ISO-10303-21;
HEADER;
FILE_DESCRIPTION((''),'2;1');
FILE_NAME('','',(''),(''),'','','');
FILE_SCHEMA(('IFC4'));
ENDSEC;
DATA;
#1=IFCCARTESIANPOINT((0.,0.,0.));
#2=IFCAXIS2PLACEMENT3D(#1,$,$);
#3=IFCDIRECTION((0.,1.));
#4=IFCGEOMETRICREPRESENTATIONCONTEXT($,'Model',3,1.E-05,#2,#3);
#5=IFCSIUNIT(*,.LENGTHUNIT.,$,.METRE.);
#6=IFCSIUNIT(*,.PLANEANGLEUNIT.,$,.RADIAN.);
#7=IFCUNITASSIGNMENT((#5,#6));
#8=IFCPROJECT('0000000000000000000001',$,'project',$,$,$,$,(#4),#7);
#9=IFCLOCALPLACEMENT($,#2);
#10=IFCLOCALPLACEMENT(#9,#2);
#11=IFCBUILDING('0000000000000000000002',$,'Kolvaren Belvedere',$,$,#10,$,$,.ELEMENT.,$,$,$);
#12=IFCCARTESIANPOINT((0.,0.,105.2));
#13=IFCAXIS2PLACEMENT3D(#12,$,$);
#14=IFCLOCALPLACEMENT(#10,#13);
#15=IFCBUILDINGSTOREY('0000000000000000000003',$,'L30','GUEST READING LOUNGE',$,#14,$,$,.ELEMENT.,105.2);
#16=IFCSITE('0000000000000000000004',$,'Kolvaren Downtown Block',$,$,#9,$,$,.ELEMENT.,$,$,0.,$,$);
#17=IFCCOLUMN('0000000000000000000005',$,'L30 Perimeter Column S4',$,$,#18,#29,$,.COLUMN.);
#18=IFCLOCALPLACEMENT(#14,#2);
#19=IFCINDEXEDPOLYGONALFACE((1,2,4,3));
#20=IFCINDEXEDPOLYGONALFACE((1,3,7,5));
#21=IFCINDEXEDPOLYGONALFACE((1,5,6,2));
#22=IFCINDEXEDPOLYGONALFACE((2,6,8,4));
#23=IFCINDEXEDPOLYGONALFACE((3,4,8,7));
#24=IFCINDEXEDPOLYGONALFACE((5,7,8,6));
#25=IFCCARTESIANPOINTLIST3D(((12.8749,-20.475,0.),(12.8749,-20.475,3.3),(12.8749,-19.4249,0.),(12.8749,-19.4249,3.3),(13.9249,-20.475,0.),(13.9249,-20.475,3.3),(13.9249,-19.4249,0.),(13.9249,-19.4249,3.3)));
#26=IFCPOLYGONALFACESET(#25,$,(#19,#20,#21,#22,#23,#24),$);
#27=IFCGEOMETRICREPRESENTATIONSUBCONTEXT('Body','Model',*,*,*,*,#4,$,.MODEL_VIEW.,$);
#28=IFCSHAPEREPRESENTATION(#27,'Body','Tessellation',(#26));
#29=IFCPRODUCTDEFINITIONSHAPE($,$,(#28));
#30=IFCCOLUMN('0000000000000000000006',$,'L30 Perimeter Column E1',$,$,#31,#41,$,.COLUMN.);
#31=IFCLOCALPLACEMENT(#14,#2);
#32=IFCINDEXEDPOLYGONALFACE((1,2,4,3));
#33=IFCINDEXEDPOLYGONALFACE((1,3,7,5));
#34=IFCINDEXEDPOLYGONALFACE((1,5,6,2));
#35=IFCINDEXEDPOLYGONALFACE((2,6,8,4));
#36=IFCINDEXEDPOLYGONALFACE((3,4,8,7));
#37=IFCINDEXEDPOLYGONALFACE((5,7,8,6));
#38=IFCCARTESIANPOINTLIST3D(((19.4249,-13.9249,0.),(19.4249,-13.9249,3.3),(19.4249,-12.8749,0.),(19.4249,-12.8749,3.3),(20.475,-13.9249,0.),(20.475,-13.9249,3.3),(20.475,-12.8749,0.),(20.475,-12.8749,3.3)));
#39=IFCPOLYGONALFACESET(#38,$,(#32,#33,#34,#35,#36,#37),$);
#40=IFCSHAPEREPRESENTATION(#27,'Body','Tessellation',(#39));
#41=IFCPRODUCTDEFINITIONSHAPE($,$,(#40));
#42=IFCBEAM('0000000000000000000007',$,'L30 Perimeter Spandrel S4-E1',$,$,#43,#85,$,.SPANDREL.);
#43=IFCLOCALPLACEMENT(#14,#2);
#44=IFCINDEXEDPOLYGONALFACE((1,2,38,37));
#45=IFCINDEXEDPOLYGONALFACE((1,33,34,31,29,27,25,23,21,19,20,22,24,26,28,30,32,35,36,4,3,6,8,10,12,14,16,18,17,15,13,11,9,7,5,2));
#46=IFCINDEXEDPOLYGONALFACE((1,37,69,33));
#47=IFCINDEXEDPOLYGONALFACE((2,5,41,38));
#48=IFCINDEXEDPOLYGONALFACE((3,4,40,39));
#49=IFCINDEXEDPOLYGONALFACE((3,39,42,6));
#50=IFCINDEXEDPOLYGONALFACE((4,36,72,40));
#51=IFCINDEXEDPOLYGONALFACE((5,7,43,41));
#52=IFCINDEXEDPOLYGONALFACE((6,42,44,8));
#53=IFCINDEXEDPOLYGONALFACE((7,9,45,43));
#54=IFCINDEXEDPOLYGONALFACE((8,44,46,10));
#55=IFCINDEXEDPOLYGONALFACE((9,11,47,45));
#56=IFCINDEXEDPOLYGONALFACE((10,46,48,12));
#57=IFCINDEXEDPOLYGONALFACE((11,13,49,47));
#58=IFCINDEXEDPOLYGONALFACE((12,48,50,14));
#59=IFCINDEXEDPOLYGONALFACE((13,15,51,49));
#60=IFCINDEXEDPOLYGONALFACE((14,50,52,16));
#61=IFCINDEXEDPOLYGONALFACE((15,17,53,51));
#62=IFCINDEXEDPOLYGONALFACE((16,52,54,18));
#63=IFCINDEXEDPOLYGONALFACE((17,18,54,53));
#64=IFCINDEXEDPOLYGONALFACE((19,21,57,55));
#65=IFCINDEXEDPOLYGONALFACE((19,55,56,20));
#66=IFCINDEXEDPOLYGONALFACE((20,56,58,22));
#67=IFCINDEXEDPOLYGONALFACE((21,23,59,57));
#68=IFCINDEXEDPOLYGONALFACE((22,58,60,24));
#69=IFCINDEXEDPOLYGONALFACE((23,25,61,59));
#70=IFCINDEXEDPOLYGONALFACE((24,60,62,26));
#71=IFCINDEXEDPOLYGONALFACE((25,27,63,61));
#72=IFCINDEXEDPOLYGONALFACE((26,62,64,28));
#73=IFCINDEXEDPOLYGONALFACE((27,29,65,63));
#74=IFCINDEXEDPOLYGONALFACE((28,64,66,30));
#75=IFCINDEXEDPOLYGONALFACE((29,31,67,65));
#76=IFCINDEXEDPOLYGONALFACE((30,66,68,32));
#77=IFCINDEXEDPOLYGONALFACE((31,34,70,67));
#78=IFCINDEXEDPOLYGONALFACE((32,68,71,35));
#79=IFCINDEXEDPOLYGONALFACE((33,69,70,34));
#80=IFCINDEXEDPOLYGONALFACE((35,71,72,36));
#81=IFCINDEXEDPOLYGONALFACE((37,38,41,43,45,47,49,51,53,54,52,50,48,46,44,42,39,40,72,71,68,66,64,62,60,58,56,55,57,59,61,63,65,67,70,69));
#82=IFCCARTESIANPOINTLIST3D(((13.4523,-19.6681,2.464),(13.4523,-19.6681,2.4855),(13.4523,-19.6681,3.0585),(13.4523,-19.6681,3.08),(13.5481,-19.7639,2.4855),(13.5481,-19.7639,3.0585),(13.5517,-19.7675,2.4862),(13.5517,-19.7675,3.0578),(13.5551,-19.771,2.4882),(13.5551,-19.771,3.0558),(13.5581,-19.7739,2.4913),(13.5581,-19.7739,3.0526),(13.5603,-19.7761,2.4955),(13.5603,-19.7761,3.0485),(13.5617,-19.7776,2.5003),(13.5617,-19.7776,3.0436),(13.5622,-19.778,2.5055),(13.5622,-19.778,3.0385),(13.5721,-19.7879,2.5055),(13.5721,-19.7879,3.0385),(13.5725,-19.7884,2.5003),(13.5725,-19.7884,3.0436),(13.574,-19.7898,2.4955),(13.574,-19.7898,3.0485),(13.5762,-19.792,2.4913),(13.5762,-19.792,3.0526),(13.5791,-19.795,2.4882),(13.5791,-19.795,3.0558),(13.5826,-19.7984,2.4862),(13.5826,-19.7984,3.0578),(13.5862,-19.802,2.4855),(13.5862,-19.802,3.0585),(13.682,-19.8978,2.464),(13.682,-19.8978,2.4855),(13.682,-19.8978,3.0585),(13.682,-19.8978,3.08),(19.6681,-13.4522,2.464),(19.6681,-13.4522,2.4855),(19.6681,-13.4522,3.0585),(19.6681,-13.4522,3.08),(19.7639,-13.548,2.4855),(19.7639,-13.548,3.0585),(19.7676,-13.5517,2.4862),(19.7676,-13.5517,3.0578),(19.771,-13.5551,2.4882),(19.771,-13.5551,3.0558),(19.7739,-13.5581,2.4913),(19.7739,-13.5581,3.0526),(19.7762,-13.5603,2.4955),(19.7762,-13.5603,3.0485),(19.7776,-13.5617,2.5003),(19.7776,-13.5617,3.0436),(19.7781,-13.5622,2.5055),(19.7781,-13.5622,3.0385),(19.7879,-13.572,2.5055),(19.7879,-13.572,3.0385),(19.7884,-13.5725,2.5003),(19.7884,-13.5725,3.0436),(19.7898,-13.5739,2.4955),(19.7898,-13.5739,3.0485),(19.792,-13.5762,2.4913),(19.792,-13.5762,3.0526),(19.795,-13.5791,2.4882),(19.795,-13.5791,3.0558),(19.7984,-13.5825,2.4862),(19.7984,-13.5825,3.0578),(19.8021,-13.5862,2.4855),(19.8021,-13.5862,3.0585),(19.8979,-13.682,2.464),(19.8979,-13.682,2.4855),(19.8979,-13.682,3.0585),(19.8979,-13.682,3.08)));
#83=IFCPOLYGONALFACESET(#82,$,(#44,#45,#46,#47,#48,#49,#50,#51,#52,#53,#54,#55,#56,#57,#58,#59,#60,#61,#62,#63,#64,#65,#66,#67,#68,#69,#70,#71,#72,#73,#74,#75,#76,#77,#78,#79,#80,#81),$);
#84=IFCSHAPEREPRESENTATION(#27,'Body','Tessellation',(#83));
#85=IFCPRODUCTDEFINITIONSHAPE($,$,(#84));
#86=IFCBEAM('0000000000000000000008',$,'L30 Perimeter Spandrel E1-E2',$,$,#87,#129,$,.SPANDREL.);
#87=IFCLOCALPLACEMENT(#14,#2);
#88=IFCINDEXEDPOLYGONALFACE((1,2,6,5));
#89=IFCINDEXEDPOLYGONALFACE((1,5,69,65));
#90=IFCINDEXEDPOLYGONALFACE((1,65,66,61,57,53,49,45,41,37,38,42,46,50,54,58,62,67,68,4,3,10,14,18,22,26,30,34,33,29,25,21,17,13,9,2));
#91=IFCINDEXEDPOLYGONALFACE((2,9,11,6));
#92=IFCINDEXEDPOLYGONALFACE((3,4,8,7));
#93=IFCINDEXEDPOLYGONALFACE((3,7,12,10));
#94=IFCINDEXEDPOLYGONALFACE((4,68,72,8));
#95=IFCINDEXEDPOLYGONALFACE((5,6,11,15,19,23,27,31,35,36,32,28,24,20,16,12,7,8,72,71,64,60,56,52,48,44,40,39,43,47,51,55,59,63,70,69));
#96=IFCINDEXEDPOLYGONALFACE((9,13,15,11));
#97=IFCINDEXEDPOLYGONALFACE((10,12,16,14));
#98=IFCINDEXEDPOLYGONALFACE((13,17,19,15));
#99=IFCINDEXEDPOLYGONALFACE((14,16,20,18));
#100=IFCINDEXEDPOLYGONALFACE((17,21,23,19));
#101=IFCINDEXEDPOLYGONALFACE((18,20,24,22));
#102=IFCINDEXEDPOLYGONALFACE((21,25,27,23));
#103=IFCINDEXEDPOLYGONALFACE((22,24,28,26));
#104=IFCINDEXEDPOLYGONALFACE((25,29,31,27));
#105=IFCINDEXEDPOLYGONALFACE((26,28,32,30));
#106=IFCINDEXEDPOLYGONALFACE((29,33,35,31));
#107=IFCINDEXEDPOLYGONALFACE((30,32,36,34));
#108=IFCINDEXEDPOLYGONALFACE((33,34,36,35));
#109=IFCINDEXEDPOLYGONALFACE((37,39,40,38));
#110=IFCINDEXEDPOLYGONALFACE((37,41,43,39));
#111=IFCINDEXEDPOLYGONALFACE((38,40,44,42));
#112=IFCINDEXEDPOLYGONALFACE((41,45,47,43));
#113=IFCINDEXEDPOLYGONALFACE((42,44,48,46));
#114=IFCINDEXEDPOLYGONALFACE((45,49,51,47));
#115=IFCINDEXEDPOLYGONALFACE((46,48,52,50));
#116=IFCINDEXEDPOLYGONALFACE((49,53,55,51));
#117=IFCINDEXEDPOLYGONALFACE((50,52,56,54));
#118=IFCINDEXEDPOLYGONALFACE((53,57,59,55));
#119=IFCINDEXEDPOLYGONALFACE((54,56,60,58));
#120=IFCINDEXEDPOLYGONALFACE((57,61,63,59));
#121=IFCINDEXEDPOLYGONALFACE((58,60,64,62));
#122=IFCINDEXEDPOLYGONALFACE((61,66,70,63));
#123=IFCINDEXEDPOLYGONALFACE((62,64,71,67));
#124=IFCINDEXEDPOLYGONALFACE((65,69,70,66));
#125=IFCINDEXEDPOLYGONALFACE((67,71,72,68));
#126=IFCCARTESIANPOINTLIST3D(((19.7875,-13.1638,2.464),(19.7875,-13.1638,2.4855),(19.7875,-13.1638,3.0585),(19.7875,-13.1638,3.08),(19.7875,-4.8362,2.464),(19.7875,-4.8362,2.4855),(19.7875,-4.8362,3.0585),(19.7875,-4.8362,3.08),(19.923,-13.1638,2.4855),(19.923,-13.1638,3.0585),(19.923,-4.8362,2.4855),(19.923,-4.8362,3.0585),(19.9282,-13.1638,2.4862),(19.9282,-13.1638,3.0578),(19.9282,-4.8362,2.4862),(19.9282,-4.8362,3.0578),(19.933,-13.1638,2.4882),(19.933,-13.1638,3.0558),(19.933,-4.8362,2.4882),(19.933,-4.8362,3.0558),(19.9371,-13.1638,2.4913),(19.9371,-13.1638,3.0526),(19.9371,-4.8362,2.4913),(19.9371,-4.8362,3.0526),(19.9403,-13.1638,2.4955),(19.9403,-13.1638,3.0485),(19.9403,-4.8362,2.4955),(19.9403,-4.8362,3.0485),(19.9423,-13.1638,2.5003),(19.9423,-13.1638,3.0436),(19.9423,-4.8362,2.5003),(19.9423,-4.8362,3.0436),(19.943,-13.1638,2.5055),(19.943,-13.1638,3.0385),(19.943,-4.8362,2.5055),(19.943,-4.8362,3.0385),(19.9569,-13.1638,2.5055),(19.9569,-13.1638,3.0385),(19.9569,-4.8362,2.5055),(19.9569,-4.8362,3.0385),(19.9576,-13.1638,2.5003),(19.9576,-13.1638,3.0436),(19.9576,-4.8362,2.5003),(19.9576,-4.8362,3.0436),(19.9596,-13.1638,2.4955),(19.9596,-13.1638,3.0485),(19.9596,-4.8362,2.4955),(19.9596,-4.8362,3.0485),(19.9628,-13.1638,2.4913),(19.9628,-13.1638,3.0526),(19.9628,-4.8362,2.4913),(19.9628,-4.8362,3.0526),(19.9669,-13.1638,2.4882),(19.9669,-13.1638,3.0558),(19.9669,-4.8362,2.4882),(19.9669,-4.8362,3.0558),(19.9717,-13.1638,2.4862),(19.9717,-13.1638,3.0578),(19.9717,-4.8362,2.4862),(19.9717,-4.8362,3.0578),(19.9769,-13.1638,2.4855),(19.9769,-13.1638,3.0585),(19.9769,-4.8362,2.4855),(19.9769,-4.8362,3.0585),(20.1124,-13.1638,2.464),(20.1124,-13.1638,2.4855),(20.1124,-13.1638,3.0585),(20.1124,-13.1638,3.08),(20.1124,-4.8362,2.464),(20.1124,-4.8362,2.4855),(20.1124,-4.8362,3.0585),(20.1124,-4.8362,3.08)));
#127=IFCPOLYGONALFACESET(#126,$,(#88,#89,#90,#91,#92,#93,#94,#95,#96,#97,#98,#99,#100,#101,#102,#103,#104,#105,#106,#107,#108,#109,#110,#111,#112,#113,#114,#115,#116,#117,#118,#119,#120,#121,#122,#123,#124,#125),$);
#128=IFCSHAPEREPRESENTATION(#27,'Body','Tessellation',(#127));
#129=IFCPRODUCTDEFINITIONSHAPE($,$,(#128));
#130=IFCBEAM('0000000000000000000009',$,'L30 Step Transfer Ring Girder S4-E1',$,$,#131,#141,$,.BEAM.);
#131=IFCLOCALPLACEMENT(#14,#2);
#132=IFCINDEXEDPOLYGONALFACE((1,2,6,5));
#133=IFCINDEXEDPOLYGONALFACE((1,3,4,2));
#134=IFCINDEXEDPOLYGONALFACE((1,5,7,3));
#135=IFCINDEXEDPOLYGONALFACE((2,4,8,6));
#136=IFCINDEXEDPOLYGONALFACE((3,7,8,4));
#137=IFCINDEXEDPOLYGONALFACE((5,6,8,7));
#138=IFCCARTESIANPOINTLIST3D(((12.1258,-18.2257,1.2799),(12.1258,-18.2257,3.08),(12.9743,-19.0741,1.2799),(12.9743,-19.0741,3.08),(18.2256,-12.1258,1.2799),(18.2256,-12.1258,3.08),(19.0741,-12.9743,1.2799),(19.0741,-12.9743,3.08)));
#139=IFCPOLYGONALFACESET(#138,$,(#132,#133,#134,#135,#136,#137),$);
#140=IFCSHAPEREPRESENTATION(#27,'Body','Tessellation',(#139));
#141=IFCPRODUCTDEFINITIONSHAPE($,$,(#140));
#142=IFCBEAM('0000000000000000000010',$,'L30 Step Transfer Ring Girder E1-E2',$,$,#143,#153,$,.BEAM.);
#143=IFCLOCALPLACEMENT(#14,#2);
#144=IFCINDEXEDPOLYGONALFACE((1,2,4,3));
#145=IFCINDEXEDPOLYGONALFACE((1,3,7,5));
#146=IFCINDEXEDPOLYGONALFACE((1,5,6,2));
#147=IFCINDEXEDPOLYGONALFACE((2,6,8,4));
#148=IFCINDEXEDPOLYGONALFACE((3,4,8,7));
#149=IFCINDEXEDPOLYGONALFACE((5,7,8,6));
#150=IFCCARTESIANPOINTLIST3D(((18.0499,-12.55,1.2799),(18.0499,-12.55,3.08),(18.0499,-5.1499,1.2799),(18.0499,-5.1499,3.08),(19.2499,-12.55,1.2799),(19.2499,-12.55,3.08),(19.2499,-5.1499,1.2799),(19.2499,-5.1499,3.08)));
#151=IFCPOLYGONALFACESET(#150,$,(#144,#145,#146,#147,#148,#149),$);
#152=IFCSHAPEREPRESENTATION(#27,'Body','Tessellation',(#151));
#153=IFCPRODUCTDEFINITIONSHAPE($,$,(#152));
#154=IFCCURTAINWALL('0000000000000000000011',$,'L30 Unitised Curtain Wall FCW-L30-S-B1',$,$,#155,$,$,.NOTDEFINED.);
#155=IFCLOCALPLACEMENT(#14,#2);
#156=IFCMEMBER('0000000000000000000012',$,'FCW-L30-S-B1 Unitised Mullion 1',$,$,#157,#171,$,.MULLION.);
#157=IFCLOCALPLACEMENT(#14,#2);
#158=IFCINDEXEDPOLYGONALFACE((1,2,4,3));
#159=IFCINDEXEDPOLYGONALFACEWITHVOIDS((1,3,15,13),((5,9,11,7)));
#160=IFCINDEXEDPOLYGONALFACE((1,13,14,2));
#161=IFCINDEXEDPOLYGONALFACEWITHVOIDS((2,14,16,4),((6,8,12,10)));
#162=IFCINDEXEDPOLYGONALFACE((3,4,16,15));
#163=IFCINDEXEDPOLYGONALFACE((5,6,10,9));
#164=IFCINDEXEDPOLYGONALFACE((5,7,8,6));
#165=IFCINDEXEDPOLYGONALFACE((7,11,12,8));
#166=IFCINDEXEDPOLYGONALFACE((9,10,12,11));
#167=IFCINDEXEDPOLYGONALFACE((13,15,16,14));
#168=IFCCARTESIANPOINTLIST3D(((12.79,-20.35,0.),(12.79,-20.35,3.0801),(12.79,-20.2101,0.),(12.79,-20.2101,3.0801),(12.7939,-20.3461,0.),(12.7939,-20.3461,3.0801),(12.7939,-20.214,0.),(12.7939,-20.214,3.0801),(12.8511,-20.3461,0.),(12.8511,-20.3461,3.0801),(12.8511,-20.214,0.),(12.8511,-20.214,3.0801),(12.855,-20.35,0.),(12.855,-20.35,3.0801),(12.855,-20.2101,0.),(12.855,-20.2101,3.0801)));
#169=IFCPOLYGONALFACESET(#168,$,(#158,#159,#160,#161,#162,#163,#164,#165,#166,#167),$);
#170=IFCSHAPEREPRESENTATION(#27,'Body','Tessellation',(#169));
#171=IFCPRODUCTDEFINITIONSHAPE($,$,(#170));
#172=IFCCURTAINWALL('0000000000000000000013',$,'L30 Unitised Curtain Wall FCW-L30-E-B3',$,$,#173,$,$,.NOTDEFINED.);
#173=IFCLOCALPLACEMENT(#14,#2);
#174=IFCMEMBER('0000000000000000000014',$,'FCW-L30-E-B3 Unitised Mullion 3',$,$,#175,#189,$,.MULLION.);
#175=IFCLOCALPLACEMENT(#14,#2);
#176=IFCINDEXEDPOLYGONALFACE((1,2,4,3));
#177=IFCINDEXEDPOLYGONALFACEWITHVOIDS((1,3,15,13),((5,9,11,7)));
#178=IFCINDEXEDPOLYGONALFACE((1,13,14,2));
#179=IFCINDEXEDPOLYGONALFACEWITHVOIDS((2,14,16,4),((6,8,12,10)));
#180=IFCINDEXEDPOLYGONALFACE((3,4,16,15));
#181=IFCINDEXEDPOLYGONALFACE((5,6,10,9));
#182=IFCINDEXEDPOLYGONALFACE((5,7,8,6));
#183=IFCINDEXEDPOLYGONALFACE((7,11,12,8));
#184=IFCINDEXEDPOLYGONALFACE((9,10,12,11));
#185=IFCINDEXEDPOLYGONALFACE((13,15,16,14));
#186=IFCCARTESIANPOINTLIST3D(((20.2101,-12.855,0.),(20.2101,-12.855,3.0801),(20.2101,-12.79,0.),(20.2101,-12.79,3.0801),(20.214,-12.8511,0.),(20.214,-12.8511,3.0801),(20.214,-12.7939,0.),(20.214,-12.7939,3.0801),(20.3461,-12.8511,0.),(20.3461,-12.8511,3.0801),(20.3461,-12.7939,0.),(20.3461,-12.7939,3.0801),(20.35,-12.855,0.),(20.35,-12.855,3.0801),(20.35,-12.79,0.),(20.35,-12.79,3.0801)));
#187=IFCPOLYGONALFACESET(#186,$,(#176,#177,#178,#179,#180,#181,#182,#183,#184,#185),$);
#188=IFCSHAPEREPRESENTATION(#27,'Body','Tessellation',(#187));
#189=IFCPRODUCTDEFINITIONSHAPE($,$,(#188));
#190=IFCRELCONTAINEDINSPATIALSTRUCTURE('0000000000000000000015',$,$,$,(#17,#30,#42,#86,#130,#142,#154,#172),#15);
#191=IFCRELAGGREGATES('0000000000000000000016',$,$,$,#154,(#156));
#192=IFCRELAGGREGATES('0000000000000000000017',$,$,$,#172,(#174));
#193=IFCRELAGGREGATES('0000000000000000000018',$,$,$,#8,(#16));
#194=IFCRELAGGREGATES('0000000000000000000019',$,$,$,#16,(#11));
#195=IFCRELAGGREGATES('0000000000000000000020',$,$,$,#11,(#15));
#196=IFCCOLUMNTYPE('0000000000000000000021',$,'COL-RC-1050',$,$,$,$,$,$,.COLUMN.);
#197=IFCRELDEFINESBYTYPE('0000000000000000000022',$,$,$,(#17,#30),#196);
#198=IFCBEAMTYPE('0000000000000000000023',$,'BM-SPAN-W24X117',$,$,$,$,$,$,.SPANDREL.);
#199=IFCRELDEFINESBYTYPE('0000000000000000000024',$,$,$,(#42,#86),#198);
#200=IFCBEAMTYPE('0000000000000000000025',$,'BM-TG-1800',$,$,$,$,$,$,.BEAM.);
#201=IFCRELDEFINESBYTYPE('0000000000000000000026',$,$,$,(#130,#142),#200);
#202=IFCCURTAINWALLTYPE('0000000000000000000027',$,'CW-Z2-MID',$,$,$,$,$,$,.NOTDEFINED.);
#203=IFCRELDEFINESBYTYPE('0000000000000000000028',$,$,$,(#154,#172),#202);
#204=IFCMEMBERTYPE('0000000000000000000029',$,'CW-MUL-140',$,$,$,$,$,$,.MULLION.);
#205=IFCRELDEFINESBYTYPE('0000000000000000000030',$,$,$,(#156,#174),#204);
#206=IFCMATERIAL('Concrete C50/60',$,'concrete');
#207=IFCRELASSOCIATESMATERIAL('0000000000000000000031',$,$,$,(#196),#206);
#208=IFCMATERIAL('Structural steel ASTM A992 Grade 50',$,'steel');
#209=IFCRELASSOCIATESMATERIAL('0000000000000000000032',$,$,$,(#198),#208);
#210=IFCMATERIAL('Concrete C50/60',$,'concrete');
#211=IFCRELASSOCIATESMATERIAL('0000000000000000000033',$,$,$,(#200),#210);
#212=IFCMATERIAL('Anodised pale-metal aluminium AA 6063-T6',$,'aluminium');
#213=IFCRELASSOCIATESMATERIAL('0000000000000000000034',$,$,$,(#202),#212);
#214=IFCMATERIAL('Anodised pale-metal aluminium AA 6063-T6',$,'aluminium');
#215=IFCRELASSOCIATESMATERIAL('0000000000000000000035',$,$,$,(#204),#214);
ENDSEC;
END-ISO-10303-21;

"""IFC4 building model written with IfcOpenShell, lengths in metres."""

from ifc_helpers import new_model, si_unit, direction, frame, origin, origin_2d, place, context, subcontext, project, spatial, rectangle, hollow_rectangle, i_section, extrude, material, material_profile, profile_set, type_object, element, aggregate, save


model = new_model("IFC4")

# Units and contexts
model_context = context("Model", 3, precision=1e-05, world=origin(), true_north=direction((0.0, 1.0)))
body_context = subcontext(model_context, "Body", "Model", "MODEL_VIEW")
ifc_project = project(units=[si_unit("LENGTHUNIT", "METRE"), si_unit("PLANEANGLEUNIT", "RADIAN")], contexts=[model_context])

# Site, building, storey
site_placement = place(None, origin())
site = spatial("IfcSite", under=ifc_project, at=site_placement, Name="Kolvaren Downtown Block", CompositionType="ELEMENT", RefElevation=0.0)
building_placement = place(site_placement, origin())
building = spatial("IfcBuilding", under=site, at=building_placement, Name="Kolvaren Belvedere", CompositionType="ELEMENT")
storey_placement = place(building_placement, frame((0.0, 0.0, 105.2)))
storey = spatial("IfcBuildingStorey", under=building, at=storey_placement, Name="L30", Description="GUEST READING LOUNGE", CompositionType="ELEMENT", Elevation=105.2)

# Columns
ifc_material_1 = material(Name="Concrete C50/60", Category="concrete")
ifc_material_profile_1 = material_profile(ifc_material_1, rectangle(XDim=1.05, YDim=1.05, at=origin_2d()), Name="RC 1050X1050")
ifc_profile_set_1 = profile_set([ifc_material_profile_1], Name="Concrete C50/60")
column_type = type_object("IfcColumnType", Name="COL-RC-1050", PredefinedType="COLUMN", material=ifc_profile_set_1)
for number, where, z_axis, x_axis, name in (
    (1, (13.3999, -19.95, 0.0), (0.0, 0.0, 1.0), (1.0, 0.0, 0.0), "L30 Perimeter Column S4"),
    (2, (19.95, -13.3999, 0.0), (0.0, 0.0, 1.0), (1.0, 0.0, 0.0), "L30 Perimeter Column E1"),
):
    element("IfcColumn", number, at=place(storey_placement, frame(where, z_axis=z_axis, x_axis=x_axis)), inside=storey, type_object=column_type, Name=name, PredefinedType="COLUMN", context=body_context, shape_type="SweptSolid", body=[
        extrude(rectangle(XDim=1.05, YDim=1.05, at=origin_2d()), origin(), (0.0, 0.0, 1.0), 3.3),
    ])

# Beams
ifc_material_2 = material(Name="Structural steel ASTM A992 Grade 50", Category="steel")
ifc_material_profile_2 = material_profile(ifc_material_2, i_section(OverallWidth=0.325, OverallDepth=0.616, WebThickness=0.0139, FlangeThickness=0.0215, FilletRadius=0.02, at=origin_2d()), Name="W24X117")
ifc_profile_set_2 = profile_set([ifc_material_profile_2], Name="Structural steel ASTM A992 Grade 50")
beam_type_1 = type_object("IfcBeamType", Name="BM-SPAN-W24X117", PredefinedType="SPANDREL", material=ifc_profile_set_2)
beam_1_placement = place(storey_placement, frame((13.5671, -19.783, 2.772), z_axis=(0.707107, 0.707107, 0.0), x_axis=(-0.707107, 0.707107, 0.0)))
element("IfcBeam", 3, at=beam_1_placement, inside=storey, type_object=beam_type_1, Name="L30 Perimeter Spandrel S4-E1", PredefinedType="SPANDREL", context=body_context, shape_type="SweptSolid", body=[
    extrude(i_section(OverallWidth=0.325, OverallDepth=0.616, WebThickness=0.0139, FlangeThickness=0.0215, FilletRadius=0.02, at=origin_2d()), origin(), (0.0, 0.0, 1.0), 8.7905),
])
beam_2_placement = place(storey_placement, frame((19.95, -13.1638, 2.772), z_axis=(0.0, 1.0, 0.0), x_axis=(-1.0, 0.0, 0.0)))
element("IfcBeam", 4, at=beam_2_placement, inside=storey, type_object=beam_type_1, Name="L30 Perimeter Spandrel E1-E2", PredefinedType="SPANDREL", context=body_context, shape_type="SweptSolid", body=[
    extrude(i_section(OverallWidth=0.325, OverallDepth=0.616, WebThickness=0.0139, FlangeThickness=0.0215, FilletRadius=0.02, at=origin_2d()), origin(), (0.0, 0.0, 1.0), 8.3276),
])
ifc_material_3 = material(Name="Concrete C50/60", Category="concrete")
ifc_material_profile_3 = material_profile(ifc_material_3, rectangle(XDim=1.2, YDim=1.8, at=origin_2d()), Name="RC 1200X1800")
ifc_profile_set_3 = profile_set([ifc_material_profile_3], Name="Concrete C50/60")
beam_type_2 = type_object("IfcBeamType", Name="BM-TG-1800", PredefinedType="BEAM", material=ifc_profile_set_3)
beam_3_placement = place(storey_placement, frame((12.55, -18.6499, 2.1799), z_axis=(0.707107, 0.707107, 0.0), x_axis=(-0.707107, 0.707107, 0.0)))
element("IfcBeam", 5, at=beam_3_placement, inside=storey, type_object=beam_type_2, Name="L30 Step Transfer Ring Girder S4-E1", PredefinedType="BEAM", context=body_context, shape_type="SweptSolid", body=[
    extrude(rectangle(XDim=1.2, YDim=1.8, at=origin_2d()), origin(), (0.0, 0.0, 1.0), 8.6265),
])
beam_4_placement = place(storey_placement, frame((18.6499, -12.55, 2.1799), z_axis=(0.0, 1.0, 0.0), x_axis=(-1.0, 0.0, 0.0)))
element("IfcBeam", 6, at=beam_4_placement, inside=storey, type_object=beam_type_2, Name="L30 Step Transfer Ring Girder E1-E2", PredefinedType="BEAM", context=body_context, shape_type="SweptSolid", body=[
    extrude(rectangle(XDim=1.2, YDim=1.8, at=origin_2d()), origin(), (0.0, 0.0, 1.0), 7.4001),
])

# Curtain walls, members
ifc_material_4 = material(Name="Anodised pale-metal aluminium AA 6063-T6", Category="aluminium")
curtain_wall_type = type_object("IfcCurtainWallType", Name="CW-Z2-MID", PredefinedType="NOTDEFINED", material=ifc_material_4)
curtain_wall_1_placement = place(storey_placement, origin())
curtain_wall_1 = element("IfcCurtainWall", 7, at=curtain_wall_1_placement, inside=storey, type_object=curtain_wall_type, Name="L30 Unitised Curtain Wall FCW-L30-S-B1", PredefinedType="NOTDEFINED")
ifc_material_5 = material(Name="Anodised pale-metal aluminium AA 6063-T6", Category="aluminium")
ifc_material_profile_4 = material_profile(ifc_material_5, hollow_rectangle(XDim=0.0649, YDim=0.1399, WallThickness=0.0039, at=origin_2d()), Name="ALU-MUL-140X65")
ifc_profile_set_4 = profile_set([ifc_material_profile_4], Name="Anodised pale-metal aluminium AA 6063-T6")
member_type_1 = type_object("IfcMemberType", Name="CW-MUL-140", PredefinedType="MULLION", material=ifc_profile_set_4)
member_1_placement = place(storey_placement, frame((12.8225, -20.28, 0.0), z_axis=(0.0, 0.0, 1.0), x_axis=(1.0, 0.0, 0.0)))
member_1 = element("IfcMember", 8, at=member_1_placement, type_object=member_type_1, Name="FCW-L30-S-B1 Unitised Mullion 1", PredefinedType="MULLION", context=body_context, shape_type="SweptSolid", body=[
    extrude(hollow_rectangle(XDim=0.0649, YDim=0.1399, WallThickness=0.0039, at=origin_2d()), origin(), (0.0, 0.0, 1.0), 3.0801),
])
curtain_wall_2_placement = place(storey_placement, origin())
curtain_wall_2 = element("IfcCurtainWall", 9, at=curtain_wall_2_placement, inside=storey, type_object=curtain_wall_type, Name="L30 Unitised Curtain Wall FCW-L30-E-B3", PredefinedType="NOTDEFINED")
member_2_placement = place(storey_placement, frame((20.28, -12.8225, 0.0), z_axis=(0.0, 0.0, 1.0), x_axis=(0.0, 1.0, 0.0)))
member_2 = element("IfcMember", 10, at=member_2_placement, type_object=member_type_1, Name="FCW-L30-E-B3 Unitised Mullion 3", PredefinedType="MULLION", context=body_context, shape_type="SweptSolid", body=[
    extrude(hollow_rectangle(XDim=0.0649, YDim=0.1399, WallThickness=0.0039, at=origin_2d()), origin(), (0.0, 0.0, 1.0), 3.0801),
])

aggregate(curtain_wall_1, [member_1])

aggregate(curtain_wall_2, [member_2])

save(model, "model.ifc")
